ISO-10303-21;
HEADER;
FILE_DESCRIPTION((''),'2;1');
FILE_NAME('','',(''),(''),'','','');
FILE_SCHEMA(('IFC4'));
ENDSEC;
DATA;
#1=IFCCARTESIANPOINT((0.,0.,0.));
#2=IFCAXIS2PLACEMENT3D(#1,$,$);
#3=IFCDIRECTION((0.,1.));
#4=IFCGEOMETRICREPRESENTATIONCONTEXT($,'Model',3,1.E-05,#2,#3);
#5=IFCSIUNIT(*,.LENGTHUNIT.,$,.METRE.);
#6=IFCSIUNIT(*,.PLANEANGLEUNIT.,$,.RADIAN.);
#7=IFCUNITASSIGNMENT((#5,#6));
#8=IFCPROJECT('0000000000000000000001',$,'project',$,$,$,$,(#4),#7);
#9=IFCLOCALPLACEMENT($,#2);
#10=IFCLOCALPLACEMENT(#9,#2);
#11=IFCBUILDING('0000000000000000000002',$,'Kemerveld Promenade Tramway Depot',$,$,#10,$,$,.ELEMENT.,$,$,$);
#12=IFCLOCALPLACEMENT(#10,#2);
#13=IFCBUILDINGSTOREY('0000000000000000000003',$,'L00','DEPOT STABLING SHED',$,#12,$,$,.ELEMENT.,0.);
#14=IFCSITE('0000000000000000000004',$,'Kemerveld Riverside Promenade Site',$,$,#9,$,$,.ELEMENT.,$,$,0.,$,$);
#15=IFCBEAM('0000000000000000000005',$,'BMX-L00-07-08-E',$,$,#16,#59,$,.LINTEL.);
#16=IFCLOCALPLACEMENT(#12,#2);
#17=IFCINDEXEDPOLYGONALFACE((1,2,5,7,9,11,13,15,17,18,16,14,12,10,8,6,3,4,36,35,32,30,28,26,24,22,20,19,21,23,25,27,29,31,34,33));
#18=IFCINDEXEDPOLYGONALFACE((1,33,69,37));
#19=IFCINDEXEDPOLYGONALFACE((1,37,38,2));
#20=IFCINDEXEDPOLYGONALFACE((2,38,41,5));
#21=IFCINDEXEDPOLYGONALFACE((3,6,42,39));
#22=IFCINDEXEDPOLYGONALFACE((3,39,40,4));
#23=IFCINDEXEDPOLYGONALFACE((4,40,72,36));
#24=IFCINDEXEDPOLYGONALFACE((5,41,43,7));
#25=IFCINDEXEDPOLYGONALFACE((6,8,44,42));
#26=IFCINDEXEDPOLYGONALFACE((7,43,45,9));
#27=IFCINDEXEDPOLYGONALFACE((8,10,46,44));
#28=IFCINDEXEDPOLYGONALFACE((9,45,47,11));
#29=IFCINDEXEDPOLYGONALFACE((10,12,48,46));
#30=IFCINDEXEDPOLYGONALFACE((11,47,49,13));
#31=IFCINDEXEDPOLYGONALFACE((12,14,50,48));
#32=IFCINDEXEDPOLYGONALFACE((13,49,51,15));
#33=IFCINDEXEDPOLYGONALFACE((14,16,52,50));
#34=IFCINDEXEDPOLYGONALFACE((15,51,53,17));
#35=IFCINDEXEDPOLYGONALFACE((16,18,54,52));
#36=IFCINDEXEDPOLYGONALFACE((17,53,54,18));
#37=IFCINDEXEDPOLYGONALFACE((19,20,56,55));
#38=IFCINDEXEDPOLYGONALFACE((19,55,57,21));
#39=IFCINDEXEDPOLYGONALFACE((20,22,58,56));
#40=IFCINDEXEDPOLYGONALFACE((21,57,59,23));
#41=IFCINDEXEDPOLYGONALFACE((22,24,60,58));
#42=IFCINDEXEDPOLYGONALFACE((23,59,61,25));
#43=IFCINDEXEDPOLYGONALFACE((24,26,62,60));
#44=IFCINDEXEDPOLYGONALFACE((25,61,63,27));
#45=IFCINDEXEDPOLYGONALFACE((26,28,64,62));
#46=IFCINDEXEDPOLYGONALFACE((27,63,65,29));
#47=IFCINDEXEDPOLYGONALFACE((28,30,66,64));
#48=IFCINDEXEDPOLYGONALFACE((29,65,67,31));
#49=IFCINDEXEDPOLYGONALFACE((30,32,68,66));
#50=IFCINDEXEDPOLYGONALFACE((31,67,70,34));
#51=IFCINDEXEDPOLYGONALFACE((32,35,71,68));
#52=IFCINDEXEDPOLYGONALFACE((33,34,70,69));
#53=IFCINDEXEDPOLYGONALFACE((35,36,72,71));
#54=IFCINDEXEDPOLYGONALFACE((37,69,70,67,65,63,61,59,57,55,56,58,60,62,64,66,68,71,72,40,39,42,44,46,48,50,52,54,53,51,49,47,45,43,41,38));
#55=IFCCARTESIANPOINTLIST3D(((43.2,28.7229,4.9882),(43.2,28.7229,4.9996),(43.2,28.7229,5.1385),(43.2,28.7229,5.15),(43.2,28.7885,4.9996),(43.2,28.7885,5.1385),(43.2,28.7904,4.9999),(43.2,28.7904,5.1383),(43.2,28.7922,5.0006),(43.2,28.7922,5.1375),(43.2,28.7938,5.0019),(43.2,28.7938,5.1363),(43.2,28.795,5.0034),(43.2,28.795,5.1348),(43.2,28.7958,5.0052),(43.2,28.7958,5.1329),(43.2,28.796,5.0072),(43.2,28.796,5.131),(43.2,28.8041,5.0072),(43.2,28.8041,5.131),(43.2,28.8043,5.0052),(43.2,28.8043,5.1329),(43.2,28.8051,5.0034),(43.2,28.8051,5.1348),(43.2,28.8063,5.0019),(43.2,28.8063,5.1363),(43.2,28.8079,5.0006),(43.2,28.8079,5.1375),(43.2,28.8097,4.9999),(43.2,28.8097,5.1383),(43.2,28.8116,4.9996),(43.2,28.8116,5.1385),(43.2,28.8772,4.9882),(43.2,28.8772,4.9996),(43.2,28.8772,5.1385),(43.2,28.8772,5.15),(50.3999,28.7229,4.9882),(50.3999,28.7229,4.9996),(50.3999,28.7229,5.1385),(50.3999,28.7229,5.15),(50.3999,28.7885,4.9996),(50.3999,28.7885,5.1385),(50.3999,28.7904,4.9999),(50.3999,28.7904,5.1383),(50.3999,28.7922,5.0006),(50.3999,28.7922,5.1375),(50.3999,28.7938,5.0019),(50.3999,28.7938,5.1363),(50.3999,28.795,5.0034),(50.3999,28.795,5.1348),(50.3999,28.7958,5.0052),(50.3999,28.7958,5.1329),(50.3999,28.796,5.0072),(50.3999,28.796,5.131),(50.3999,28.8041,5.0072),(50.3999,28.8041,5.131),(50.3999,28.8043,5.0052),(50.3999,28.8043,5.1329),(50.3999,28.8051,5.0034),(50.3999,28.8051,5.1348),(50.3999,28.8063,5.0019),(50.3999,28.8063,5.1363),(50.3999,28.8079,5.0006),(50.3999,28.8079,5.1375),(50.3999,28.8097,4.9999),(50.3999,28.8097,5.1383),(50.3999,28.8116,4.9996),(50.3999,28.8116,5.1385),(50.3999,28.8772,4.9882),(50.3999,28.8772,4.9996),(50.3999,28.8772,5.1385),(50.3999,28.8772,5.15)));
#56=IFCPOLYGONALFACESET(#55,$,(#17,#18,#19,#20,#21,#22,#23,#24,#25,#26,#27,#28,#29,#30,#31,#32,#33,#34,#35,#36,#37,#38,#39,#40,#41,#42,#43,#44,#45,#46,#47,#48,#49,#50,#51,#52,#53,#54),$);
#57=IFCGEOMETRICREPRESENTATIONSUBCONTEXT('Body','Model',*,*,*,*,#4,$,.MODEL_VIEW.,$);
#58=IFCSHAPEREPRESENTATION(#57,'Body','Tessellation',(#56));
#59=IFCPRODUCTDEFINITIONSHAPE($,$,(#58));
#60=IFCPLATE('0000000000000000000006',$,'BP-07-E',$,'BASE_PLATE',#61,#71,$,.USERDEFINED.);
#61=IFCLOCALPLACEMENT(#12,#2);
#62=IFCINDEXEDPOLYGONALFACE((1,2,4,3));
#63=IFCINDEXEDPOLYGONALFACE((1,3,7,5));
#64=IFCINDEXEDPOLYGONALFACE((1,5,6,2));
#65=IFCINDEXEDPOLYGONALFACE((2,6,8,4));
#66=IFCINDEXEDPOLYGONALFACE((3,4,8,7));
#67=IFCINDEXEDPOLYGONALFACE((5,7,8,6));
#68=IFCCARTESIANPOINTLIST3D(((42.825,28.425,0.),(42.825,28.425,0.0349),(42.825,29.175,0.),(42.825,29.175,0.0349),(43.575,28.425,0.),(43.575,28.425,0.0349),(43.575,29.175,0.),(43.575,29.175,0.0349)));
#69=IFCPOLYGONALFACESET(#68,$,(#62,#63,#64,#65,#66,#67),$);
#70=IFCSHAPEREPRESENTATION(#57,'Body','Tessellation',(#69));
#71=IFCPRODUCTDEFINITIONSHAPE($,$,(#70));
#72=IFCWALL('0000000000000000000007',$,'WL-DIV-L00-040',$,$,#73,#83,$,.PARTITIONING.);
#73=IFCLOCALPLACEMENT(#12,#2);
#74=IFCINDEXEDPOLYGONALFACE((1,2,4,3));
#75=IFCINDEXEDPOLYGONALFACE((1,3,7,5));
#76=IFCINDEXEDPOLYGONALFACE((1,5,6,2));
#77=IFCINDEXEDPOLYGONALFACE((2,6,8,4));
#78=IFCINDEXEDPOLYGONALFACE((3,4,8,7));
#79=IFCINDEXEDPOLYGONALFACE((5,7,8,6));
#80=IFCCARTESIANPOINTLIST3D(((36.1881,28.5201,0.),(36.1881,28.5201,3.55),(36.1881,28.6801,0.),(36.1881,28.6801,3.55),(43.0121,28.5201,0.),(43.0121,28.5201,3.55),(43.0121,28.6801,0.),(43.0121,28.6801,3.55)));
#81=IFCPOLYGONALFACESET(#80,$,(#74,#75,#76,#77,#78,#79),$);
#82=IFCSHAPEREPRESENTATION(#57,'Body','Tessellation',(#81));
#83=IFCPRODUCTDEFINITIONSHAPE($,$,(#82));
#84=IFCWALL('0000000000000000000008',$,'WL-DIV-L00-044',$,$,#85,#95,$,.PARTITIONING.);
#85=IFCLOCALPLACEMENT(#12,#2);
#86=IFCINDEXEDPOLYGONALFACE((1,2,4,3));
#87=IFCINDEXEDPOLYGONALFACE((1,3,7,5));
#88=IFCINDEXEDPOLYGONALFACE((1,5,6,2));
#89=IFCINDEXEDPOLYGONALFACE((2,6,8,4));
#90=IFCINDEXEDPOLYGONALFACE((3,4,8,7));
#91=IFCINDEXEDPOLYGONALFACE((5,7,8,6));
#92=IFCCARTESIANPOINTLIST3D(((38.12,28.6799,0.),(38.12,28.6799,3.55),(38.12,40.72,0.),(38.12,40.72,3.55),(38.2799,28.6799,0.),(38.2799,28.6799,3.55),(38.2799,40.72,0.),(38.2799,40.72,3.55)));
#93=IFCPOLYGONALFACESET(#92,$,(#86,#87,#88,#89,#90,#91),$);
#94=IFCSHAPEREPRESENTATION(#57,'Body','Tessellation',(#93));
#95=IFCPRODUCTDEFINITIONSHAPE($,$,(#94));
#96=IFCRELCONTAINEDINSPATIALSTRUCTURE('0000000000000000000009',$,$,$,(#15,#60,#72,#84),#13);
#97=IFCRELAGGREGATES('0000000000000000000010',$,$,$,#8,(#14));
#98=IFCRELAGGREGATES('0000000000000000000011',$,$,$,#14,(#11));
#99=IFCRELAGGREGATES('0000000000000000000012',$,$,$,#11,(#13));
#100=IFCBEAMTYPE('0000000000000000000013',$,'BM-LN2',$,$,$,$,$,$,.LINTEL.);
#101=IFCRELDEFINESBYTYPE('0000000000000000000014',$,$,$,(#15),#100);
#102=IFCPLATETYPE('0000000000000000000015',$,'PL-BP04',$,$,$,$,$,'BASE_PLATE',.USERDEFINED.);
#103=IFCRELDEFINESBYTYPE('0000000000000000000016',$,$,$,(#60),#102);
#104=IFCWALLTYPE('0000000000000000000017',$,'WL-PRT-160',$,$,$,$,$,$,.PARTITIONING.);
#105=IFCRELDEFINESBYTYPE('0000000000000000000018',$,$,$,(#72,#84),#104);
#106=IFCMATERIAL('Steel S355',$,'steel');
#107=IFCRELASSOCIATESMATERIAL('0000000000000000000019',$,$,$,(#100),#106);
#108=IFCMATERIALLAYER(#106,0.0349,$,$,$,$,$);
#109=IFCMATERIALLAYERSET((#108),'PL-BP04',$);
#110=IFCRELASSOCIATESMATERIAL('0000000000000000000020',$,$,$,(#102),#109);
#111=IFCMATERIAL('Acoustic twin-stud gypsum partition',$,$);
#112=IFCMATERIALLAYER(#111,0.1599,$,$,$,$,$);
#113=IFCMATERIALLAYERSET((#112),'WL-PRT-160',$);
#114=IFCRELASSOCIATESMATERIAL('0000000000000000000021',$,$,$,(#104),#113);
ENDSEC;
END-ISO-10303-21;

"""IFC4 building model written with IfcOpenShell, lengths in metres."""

from ifc_helpers import new_model, si_unit, direction, frame, frame_2d, origin, origin_2d, place, context, subcontext, project, spatial, rectangle, i_section, extrude, material, layer, layer_set, material_profile, profile_set, type_object, element, save


model = new_model("IFC4")

# Units and contexts
model_context = context("Model", 3, precision=1e-05, world=origin(), true_north=direction((0.0, 1.0)))
body_context = subcontext(model_context, "Body", "Model", "MODEL_VIEW")
ifc_project = project(units=[si_unit("LENGTHUNIT", "METRE"), si_unit("PLANEANGLEUNIT", "RADIAN")], contexts=[model_context])

# Site, building, storey
site_placement = place(None, origin())
site = spatial("IfcSite", under=ifc_project, at=site_placement, Name="Kemerveld Riverside Promenade Site", CompositionType="ELEMENT", RefElevation=0.0)
building_placement = place(site_placement, origin())
building = spatial("IfcBuilding", under=site, at=building_placement, Name="Kemerveld Promenade Tramway Depot", CompositionType="ELEMENT")
storey_placement = place(building_placement, origin())
storey = spatial("IfcBuildingStorey", under=building, at=storey_placement, Name="L00", Description="DEPOT STABLING SHED", CompositionType="ELEMENT", Elevation=0.0)

# Shared definitions
ifc_material_1 = material(Name="Steel S355", Category="steel")

# Beam
ifc_material_profile_1 = material_profile(ifc_material_1, i_section(OverallWidth=0.1543, OverallDepth=0.1619, WebThickness=0.0081, FlangeThickness=0.0115, FilletRadius=0.0076, at=origin_2d()), Name="152x152x37 UC")
ifc_profile_set_1 = profile_set([ifc_material_profile_1], Name="Steel S355")
beam_type_1 = type_object("IfcBeamType", Name="BM-LN2", PredefinedType="LINTEL", material=ifc_profile_set_1)
beam_1_placement = place(storey_placement, frame((43.2, 28.8, 5.0691), z_axis=(1.0, 0.0, 0.0), x_axis=(0.0, 1.0, 0.0)))
element("IfcBeam", 1, at=beam_1_placement, inside=storey, type_object=beam_type_1, Name="BMX-L00-07-08-E", PredefinedType="LINTEL", context=body_context, shape_type="SweptSolid", body=[
    extrude(i_section(OverallWidth=0.1543, OverallDepth=0.1619, WebThickness=0.0081, FlangeThickness=0.0115, FilletRadius=0.0076, at=origin_2d()), origin(), (0.0, 0.0, 1.0), 7.2),
])

# Plate
ifc_layer_1 = layer(ifc_material_1, 0.0349)
ifc_layer_set_1 = layer_set([ifc_layer_1], Name="PL-BP04")
plate_type = type_object("IfcPlateType", Name="PL-BP04", ElementType="BASE_PLATE", PredefinedType="USERDEFINED", material=ifc_layer_set_1)
plate_placement = place(storey_placement, frame((43.2, 28.8, 0.0), z_axis=(0.0, 0.0, 1.0), x_axis=(1.0, 0.0, 0.0)))
element("IfcPlate", 2, at=plate_placement, inside=storey, type_object=plate_type, Name="BP-07-E", ObjectType="BASE_PLATE", PredefinedType="USERDEFINED", context=body_context, shape_type="SweptSolid", body=[
    extrude(rectangle(XDim=0.75, YDim=0.75, at=origin_2d()), origin(), (0.0, 0.0, 1.0), 0.0349),
])

# Walls
ifc_material_2 = material(Name="Acoustic twin-stud gypsum partition")
ifc_layer_2 = layer(ifc_material_2, 0.1599)
ifc_layer_set_2 = layer_set([ifc_layer_2], Name="WL-PRT-160")
wall_type = type_object("IfcWallType", Name="WL-PRT-160", PredefinedType="PARTITIONING", material=ifc_layer_set_2)
wall_1_placement = place(storey_placement, frame((36.188, 28.6001, 0.0), z_axis=(0.0, 0.0, 1.0), x_axis=(1.0, 0.0, 0.0)))
element("IfcWall", 3, at=wall_1_placement, inside=storey, type_object=wall_type, Name="WL-DIV-L00-040", PredefinedType="PARTITIONING", context=body_context, shape_type="SweptSolid", body=[
    extrude(rectangle(XDim=6.824, YDim=0.1599, at=frame_2d((3.4121, 0.0))), origin(), (0.0, 0.0, 1.0), 3.55),
])
wall_2_placement = place(storey_placement, frame((38.2, 28.6799, 0.0), z_axis=(0.0, 0.0, 1.0), x_axis=(0.0, 1.0, 0.0)))
element("IfcWall", 4, at=wall_2_placement, inside=storey, type_object=wall_type, Name="WL-DIV-L00-044", PredefinedType="PARTITIONING", context=body_context, shape_type="SweptSolid", body=[
    extrude(rectangle(XDim=12.04, YDim=0.1599, at=frame_2d((6.02, 0.0))), origin(), (0.0, 0.0, 1.0), 3.55),
])

save(model, "model.ifc")
